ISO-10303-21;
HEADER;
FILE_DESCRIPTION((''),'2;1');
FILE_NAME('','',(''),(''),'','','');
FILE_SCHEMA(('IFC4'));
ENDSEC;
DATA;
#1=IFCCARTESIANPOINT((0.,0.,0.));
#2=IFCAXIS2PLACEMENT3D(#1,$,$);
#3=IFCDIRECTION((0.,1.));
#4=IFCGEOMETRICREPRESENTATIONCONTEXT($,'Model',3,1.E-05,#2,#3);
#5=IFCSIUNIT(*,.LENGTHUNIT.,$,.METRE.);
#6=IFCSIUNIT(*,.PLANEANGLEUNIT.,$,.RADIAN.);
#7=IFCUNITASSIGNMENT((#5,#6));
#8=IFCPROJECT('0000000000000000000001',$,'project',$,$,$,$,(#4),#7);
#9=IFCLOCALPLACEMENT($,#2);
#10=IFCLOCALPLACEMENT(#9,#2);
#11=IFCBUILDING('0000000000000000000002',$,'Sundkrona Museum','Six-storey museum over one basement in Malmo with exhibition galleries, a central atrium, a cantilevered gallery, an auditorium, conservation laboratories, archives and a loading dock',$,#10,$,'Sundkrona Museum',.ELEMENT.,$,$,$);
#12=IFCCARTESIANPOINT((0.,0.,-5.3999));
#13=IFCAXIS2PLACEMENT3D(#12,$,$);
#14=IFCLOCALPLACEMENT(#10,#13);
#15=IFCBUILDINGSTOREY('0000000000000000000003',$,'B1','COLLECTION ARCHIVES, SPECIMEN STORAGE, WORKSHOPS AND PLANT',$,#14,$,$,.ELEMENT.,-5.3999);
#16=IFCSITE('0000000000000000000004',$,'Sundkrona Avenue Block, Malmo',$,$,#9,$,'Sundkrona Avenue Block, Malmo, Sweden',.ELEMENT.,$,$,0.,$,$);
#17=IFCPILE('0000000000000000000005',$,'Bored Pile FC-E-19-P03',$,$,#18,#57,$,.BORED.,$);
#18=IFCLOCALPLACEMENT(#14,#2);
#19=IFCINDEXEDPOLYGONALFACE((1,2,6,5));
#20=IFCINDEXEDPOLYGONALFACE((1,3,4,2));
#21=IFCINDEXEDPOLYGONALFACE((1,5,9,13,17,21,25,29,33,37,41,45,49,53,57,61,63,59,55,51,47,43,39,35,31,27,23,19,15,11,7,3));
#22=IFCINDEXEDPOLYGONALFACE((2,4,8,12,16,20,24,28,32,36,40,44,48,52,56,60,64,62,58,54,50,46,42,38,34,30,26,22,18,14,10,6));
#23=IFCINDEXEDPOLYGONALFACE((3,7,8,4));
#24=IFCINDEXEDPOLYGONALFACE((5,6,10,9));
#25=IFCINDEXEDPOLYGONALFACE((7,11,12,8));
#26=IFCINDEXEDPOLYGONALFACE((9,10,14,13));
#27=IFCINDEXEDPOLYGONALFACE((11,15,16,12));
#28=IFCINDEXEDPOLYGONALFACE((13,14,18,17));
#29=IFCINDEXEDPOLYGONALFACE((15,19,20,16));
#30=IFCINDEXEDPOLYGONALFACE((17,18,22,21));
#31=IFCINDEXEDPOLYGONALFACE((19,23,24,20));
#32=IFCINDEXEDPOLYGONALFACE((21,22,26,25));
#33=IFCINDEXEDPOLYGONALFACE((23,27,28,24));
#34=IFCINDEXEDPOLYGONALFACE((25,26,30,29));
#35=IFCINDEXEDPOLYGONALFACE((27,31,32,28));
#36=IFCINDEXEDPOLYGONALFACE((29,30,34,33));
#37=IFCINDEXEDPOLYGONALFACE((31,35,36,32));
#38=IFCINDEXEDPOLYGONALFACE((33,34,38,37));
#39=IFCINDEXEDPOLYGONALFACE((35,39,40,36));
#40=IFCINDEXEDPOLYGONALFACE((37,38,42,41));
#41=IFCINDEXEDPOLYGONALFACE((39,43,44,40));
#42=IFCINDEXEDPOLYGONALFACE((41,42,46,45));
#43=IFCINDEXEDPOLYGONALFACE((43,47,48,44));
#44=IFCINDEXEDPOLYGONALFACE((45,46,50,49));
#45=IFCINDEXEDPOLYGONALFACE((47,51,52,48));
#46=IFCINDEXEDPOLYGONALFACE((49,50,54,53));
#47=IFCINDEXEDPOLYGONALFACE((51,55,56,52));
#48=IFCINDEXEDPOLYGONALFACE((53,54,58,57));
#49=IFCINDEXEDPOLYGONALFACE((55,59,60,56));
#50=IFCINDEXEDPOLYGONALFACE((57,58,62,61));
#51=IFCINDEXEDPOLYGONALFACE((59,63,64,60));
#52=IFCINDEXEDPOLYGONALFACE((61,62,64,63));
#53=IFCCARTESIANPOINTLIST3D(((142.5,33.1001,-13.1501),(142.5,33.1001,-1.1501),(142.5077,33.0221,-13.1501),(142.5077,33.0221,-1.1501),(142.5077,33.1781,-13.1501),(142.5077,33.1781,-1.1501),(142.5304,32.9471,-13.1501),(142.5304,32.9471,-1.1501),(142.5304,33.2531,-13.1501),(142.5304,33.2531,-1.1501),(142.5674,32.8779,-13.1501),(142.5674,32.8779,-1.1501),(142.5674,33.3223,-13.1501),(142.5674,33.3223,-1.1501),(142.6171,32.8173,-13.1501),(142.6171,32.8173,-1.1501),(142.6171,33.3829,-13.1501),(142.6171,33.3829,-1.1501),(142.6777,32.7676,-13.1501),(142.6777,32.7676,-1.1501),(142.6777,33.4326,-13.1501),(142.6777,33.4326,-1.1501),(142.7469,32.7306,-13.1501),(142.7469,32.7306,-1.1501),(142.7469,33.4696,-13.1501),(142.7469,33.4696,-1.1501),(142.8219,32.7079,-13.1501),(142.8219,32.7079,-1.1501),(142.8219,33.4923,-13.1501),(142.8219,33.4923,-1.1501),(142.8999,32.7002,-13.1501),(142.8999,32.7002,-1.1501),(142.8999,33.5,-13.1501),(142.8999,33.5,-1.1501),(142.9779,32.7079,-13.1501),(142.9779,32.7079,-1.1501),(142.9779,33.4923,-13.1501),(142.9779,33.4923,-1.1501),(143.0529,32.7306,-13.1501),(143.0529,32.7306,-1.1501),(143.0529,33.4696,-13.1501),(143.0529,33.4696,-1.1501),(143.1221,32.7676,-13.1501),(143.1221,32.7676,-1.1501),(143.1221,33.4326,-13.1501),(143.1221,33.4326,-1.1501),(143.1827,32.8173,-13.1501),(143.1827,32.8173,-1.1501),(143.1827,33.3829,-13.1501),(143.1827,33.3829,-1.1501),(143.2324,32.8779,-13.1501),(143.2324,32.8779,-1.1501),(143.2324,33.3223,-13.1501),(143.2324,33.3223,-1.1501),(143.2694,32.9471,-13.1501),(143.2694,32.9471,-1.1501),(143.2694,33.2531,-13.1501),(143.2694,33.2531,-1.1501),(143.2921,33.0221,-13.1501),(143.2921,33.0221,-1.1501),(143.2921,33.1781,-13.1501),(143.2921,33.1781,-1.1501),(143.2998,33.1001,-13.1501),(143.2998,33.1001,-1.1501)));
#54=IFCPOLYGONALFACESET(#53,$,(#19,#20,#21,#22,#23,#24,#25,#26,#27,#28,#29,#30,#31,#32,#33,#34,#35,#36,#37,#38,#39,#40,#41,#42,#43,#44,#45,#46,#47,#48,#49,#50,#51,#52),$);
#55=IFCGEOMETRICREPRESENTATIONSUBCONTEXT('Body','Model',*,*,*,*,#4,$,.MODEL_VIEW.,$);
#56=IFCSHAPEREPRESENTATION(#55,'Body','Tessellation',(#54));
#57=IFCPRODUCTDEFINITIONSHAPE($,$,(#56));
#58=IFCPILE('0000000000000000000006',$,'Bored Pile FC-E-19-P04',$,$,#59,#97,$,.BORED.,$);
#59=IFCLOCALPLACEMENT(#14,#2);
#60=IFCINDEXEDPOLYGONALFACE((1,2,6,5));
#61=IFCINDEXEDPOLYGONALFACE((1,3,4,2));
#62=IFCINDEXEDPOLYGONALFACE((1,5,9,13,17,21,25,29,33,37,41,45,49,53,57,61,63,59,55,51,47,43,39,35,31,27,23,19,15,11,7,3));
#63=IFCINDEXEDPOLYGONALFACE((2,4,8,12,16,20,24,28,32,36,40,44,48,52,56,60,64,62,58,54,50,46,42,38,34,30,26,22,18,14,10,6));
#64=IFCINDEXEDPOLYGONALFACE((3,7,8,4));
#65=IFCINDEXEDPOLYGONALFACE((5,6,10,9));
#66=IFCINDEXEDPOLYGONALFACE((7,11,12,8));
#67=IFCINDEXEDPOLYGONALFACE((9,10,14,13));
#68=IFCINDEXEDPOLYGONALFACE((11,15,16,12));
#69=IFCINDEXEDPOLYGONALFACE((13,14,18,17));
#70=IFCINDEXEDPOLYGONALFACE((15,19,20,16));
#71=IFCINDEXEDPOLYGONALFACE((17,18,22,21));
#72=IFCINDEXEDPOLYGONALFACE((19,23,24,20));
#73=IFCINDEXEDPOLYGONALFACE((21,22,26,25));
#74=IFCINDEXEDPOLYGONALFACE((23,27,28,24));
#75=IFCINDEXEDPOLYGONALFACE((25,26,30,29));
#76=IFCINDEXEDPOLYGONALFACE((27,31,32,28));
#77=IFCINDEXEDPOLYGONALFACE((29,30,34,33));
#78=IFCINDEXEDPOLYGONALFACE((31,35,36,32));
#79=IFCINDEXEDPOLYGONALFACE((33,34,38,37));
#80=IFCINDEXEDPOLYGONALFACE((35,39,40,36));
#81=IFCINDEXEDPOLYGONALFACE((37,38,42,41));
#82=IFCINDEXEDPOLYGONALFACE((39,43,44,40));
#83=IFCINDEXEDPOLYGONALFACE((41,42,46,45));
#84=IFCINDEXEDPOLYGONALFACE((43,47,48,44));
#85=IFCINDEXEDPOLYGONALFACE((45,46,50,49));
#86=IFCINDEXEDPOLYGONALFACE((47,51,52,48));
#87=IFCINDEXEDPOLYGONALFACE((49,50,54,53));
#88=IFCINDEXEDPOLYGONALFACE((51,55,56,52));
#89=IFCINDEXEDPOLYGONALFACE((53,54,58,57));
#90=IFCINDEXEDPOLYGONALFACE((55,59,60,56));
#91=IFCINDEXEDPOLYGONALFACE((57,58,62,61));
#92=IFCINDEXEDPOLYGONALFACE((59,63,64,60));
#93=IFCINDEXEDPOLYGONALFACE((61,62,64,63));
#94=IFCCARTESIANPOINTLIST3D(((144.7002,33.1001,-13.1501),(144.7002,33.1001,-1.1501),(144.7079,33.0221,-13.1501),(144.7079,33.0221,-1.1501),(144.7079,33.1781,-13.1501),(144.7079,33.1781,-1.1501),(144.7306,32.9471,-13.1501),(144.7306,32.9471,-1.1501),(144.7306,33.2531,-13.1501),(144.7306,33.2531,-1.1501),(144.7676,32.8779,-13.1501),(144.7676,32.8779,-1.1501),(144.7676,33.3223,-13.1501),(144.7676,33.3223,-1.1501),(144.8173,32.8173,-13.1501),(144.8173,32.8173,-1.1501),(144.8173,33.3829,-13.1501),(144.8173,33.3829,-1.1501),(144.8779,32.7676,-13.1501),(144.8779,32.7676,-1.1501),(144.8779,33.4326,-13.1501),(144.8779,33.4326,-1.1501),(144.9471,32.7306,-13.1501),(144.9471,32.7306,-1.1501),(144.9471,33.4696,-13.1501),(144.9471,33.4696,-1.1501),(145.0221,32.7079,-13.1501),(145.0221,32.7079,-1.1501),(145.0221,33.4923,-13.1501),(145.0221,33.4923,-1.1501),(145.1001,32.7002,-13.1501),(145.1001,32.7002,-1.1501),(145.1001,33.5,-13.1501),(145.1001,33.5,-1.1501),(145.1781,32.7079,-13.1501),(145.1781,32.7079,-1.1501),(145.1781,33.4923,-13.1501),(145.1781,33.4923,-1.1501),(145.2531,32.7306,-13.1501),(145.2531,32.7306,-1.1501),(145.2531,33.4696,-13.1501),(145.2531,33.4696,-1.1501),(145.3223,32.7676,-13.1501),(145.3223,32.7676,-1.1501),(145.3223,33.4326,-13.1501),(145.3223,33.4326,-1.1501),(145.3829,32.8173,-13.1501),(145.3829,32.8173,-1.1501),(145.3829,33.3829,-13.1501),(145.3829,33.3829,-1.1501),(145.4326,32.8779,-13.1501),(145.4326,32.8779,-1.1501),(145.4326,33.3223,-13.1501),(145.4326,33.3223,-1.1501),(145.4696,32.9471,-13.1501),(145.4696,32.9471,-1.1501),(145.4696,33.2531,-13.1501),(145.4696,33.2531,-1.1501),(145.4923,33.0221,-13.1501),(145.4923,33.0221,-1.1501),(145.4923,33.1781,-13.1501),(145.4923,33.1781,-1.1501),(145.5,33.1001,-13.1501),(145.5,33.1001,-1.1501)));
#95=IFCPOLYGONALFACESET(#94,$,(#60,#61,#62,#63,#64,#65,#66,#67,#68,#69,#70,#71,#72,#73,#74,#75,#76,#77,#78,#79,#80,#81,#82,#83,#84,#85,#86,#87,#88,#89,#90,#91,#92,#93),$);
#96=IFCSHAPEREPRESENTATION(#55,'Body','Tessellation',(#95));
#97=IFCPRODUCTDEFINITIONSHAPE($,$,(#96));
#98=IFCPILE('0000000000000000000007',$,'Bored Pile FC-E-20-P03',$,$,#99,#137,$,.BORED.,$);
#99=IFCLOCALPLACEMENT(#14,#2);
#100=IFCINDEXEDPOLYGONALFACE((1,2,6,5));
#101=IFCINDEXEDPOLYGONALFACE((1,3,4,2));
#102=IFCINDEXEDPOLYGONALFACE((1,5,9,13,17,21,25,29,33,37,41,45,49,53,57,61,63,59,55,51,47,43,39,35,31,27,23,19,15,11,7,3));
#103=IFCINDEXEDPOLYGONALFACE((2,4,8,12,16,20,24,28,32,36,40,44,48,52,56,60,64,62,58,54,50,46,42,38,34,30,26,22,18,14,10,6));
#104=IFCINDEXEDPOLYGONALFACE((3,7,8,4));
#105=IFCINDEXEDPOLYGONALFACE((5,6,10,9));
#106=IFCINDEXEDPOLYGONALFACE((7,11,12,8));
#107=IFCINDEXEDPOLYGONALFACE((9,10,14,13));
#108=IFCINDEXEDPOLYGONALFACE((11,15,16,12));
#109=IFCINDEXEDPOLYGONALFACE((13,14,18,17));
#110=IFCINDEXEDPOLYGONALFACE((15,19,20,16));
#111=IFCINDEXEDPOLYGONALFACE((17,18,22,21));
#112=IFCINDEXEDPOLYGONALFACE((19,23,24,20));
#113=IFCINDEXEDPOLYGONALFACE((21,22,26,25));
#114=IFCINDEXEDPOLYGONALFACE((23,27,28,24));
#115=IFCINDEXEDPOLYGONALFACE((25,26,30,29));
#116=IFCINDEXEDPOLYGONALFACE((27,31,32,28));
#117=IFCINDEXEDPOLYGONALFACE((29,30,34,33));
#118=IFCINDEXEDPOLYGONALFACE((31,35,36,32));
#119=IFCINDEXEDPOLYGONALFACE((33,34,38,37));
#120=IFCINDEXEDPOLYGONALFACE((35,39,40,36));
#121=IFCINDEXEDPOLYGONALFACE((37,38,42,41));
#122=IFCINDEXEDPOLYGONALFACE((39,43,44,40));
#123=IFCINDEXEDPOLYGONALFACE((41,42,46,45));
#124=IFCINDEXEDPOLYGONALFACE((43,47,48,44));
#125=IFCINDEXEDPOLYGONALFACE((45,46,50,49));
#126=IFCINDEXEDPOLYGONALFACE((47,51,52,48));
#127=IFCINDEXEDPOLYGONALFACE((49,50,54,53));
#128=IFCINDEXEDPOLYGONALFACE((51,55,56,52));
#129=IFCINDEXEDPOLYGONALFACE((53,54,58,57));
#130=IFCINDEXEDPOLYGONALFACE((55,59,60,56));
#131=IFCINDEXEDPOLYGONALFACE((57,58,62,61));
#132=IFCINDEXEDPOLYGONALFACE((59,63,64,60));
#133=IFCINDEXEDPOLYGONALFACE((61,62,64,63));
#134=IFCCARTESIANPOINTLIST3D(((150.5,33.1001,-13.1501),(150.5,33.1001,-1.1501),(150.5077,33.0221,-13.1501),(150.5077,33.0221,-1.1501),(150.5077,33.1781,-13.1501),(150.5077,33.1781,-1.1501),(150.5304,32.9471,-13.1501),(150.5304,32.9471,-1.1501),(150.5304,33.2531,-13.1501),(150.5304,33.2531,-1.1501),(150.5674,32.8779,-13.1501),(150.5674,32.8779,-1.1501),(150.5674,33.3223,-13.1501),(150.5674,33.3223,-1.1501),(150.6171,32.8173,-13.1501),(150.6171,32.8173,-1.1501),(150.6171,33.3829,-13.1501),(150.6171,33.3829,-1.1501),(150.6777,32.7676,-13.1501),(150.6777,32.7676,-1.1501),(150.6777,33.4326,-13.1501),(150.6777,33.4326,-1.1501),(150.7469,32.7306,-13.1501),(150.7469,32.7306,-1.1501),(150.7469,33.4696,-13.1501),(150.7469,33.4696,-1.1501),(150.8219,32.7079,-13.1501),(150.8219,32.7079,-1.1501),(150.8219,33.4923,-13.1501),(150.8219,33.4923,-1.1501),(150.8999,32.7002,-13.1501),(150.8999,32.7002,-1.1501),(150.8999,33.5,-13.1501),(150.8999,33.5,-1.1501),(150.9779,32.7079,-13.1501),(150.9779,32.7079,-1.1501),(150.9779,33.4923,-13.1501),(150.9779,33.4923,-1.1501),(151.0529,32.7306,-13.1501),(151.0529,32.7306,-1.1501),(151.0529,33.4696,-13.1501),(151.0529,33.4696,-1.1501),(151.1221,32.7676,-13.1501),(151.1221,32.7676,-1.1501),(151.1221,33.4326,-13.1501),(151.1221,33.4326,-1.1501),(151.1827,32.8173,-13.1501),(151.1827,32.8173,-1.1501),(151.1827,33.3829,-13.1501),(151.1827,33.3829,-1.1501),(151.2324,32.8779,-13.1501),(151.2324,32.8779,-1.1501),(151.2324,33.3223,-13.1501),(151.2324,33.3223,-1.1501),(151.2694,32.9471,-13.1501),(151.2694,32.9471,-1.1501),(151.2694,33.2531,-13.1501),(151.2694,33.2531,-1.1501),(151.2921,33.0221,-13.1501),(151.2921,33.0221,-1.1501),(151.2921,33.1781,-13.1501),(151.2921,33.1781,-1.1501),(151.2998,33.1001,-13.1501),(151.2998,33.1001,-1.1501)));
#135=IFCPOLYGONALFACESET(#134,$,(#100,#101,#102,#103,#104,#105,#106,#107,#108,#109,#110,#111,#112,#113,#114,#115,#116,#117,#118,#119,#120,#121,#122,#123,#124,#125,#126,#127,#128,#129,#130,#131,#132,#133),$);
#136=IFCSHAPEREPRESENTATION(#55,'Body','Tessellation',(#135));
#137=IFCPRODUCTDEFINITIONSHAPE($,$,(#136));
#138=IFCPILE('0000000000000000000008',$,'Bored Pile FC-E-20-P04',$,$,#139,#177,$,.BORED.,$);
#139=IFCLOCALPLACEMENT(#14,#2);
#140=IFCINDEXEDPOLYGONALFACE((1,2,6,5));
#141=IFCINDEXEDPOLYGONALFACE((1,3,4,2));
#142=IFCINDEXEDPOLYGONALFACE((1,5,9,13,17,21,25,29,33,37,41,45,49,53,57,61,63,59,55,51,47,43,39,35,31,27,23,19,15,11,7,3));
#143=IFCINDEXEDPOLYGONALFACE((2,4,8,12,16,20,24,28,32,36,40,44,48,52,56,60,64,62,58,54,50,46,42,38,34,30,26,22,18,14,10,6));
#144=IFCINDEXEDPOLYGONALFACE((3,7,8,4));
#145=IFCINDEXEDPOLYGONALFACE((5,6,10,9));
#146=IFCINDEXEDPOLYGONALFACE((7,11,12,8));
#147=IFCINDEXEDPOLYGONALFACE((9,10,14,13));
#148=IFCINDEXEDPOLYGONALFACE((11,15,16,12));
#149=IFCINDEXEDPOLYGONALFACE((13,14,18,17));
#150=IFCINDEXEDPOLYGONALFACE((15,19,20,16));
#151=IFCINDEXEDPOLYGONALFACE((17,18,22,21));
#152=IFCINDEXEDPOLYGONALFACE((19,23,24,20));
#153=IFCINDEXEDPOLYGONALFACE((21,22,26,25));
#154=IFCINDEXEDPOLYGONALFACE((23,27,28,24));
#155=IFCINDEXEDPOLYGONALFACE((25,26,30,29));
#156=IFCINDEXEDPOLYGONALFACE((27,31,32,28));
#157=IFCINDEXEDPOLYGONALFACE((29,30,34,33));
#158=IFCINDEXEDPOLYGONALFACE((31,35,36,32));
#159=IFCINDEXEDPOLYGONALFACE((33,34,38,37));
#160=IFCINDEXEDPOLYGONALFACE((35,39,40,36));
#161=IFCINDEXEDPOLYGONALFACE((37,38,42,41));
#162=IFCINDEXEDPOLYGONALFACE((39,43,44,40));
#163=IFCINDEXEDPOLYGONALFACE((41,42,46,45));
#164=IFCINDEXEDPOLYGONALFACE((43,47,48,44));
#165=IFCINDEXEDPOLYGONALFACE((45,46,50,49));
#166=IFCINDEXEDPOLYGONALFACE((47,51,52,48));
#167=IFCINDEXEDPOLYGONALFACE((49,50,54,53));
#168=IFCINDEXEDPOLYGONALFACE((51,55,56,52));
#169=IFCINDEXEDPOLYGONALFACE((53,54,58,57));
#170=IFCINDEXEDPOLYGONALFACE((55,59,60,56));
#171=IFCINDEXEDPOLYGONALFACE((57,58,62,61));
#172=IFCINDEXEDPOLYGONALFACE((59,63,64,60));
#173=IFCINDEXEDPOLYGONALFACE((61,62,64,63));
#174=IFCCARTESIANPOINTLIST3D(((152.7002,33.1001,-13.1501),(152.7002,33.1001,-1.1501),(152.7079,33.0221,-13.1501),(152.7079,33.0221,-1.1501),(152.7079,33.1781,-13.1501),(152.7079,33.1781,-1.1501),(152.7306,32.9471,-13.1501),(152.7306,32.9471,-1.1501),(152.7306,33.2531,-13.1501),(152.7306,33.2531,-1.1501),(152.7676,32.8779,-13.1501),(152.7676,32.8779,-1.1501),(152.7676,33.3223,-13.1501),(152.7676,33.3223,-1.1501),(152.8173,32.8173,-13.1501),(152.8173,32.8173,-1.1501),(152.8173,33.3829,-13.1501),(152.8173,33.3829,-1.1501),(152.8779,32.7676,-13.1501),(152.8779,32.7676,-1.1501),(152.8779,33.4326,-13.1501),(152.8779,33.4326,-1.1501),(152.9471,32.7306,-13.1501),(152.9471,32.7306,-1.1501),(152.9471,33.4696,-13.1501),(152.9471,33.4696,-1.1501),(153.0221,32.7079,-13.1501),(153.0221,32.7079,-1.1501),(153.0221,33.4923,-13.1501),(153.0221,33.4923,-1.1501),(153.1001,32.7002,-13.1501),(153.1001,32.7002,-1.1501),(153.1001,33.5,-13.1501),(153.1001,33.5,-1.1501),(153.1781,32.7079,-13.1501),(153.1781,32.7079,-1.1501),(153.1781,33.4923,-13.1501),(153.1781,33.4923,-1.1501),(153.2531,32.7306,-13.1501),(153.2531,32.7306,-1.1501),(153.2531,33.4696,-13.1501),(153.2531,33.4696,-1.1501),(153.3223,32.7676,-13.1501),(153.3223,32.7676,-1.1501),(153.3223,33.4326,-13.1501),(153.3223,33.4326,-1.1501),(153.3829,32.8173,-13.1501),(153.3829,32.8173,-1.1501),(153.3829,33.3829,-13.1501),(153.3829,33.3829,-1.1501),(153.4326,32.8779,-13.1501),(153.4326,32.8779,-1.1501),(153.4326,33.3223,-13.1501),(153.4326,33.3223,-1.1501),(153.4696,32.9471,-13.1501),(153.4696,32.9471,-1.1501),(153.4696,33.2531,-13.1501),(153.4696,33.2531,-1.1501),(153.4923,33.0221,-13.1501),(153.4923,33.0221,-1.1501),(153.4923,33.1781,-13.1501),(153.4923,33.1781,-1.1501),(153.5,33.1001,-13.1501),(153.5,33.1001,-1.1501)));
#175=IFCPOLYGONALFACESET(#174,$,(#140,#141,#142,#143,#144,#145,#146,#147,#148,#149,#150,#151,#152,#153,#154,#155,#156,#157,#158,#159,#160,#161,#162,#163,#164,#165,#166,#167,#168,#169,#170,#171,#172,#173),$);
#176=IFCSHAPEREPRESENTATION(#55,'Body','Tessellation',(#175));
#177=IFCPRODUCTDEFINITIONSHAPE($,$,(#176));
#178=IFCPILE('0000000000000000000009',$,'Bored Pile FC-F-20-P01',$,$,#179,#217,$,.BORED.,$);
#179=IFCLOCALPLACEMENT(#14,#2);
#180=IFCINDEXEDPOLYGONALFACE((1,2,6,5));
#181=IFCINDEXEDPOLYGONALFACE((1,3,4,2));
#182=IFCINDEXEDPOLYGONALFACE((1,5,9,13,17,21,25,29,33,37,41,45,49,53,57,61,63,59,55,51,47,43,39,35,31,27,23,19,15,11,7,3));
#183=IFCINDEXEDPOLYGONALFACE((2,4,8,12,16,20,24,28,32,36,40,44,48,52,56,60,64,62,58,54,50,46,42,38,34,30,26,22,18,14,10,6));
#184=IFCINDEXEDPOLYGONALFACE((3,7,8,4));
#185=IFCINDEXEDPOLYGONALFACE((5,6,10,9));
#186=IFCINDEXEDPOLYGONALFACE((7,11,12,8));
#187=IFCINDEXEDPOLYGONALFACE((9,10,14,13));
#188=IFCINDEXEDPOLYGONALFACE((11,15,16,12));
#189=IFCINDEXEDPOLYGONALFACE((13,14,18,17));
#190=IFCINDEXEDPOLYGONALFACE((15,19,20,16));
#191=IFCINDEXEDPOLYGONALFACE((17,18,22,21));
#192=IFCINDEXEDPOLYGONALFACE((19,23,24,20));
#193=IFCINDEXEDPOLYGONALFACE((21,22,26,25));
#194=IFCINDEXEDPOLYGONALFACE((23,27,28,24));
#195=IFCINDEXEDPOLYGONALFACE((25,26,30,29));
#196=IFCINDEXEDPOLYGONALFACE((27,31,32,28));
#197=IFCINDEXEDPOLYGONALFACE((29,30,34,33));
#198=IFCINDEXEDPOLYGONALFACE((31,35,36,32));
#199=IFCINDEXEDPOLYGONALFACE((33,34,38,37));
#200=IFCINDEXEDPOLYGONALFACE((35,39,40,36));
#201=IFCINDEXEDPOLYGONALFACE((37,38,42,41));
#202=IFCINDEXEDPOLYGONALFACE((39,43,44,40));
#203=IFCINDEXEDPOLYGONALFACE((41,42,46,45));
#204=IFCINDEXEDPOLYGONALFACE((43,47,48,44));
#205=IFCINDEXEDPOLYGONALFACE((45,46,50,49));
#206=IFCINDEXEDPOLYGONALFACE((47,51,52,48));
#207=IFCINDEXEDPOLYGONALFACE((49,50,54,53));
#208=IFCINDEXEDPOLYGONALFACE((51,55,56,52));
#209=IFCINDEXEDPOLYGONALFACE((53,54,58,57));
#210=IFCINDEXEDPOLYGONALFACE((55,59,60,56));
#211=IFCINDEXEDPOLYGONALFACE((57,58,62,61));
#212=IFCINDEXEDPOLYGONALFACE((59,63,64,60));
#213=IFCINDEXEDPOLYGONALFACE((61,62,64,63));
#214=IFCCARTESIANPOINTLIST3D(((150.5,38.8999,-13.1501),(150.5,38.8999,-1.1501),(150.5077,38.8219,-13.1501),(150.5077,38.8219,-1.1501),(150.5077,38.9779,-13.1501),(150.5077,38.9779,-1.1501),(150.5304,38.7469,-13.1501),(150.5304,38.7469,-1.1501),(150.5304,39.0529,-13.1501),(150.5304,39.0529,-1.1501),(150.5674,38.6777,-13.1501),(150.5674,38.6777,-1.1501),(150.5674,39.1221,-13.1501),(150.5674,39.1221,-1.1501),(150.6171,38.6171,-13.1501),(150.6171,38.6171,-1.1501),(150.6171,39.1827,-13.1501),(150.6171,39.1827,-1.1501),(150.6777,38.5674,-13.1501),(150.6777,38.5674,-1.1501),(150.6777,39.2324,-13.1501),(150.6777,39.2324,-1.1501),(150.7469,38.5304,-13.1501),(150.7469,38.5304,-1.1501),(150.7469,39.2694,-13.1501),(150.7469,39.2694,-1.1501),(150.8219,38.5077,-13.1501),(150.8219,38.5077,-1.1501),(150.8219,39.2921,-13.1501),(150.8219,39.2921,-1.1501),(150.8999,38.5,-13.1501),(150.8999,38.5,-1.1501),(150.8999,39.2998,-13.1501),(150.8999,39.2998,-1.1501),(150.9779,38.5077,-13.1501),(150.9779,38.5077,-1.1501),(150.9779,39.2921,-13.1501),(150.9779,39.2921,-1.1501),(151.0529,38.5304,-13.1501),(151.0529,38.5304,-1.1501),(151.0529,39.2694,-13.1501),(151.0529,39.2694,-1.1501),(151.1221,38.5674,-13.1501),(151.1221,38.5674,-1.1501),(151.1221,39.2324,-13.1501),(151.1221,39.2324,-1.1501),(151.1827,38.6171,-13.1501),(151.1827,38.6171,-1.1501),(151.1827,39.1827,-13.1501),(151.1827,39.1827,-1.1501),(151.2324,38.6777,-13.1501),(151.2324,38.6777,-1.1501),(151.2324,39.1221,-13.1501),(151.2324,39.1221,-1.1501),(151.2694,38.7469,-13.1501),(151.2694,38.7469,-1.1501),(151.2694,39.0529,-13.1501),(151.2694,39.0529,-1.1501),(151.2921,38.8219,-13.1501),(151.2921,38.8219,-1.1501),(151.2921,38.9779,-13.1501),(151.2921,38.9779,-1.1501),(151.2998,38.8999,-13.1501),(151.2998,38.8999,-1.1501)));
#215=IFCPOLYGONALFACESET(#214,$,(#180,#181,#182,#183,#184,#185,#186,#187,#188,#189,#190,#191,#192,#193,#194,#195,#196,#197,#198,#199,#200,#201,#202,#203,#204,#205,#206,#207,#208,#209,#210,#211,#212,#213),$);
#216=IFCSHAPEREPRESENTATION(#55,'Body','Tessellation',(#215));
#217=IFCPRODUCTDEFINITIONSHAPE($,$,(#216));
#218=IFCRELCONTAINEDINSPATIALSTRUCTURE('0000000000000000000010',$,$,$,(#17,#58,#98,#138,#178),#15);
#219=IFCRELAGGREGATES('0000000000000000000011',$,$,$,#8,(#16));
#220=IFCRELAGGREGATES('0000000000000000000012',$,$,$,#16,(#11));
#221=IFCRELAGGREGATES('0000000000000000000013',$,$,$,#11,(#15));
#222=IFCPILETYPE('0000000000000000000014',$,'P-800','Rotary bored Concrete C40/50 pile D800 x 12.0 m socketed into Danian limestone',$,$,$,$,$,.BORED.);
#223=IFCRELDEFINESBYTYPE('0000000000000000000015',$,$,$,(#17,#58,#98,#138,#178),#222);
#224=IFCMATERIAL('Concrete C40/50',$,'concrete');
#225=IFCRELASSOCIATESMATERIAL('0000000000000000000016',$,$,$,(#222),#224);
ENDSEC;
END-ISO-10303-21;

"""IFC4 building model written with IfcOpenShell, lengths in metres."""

from ifc_helpers import new_model, si_unit, direction, frame, origin, origin_2d, place, context, subcontext, project, spatial, circle, extrude, material, material_profile, profile_set, type_object, element, save


model = new_model("IFC4")

# Units and contexts
model_context = context("Model", 3, precision=1e-05, world=origin(), true_north=direction((0.0, 1.0)))
body_context = subcontext(model_context, "Body", "Model", "MODEL_VIEW")
ifc_project = project(units=[si_unit("LENGTHUNIT", "METRE"), si_unit("PLANEANGLEUNIT", "RADIAN")], contexts=[model_context])

# Site, building, storey
site_placement = place(None, origin())
site = spatial("IfcSite", under=ifc_project, at=site_placement, Name="Sundkrona Avenue Block, Malmo", LongName="Sundkrona Avenue Block, Malmo, Sweden", CompositionType="ELEMENT", RefElevation=0.0)
building_placement = place(site_placement, origin())
building = spatial("IfcBuilding", under=site, at=building_placement, Name="Sundkrona Museum", Description="Six-storey museum over one basement in Malmo with exhibition galleries, a central atrium, a cantilevered gallery, an auditorium, conservation laboratories, archives and a loading dock", LongName="Sundkrona Museum", CompositionType="ELEMENT")
storey_placement = place(building_placement, frame((0.0, 0.0, -5.3999)))
storey = spatial("IfcBuildingStorey", under=building, at=storey_placement, Name="B1", Description="COLLECTION ARCHIVES, SPECIMEN STORAGE, WORKSHOPS AND PLANT", CompositionType="ELEMENT", Elevation=-5.3999)

# Piles
ifc_material_1 = material(Name="Concrete C40/50", Category="concrete")
ifc_material_profile_1 = material_profile(ifc_material_1, circle(Radius=0.3999, at=origin_2d()), Name="PILE D800")
ifc_profile_set_1 = profile_set([ifc_material_profile_1], Name="Concrete C40/50")
pile_type = type_object("IfcPileType", Name="P-800", Description="Rotary bored Concrete C40/50 pile D800 x 12.0 m socketed into Danian limestone", PredefinedType="BORED", material=ifc_profile_set_1)
for number, where, z_axis, x_axis, name in (
    (1, (142.8999, 33.1001, -1.1501), (0.0, 0.0, -1.0), (1.0, 0.0, 0.0), "Bored Pile FC-E-19-P03"),
    (2, (145.1001, 33.1001, -1.1501), (0.0, 0.0, -1.0), (1.0, 0.0, 0.0), "Bored Pile FC-E-19-P04"),
    (3, (150.8999, 33.1001, -1.1501), (0.0, 0.0, -1.0), (1.0, 0.0, 0.0), "Bored Pile FC-E-20-P03"),
    (4, (153.1001, 33.1001, -1.1501), (0.0, 0.0, -1.0), (1.0, 0.0, 0.0), "Bored Pile FC-E-20-P04"),
    (5, (150.8999, 38.8999, -1.1501), (0.0, 0.0, -1.0), (1.0, 0.0, 0.0), "Bored Pile FC-F-20-P01"),
):
    element("IfcPile", number, at=place(storey_placement, frame(where, z_axis=z_axis, x_axis=x_axis)), inside=storey, type_object=pile_type, Name=name, PredefinedType="BORED", context=body_context, shape_type="SweptSolid", body=[
        extrude(circle(Radius=0.3999, at=origin_2d()), origin(), (0.0, 0.0, 1.0), 12.0),
    ])

save(model, "model.ifc")
